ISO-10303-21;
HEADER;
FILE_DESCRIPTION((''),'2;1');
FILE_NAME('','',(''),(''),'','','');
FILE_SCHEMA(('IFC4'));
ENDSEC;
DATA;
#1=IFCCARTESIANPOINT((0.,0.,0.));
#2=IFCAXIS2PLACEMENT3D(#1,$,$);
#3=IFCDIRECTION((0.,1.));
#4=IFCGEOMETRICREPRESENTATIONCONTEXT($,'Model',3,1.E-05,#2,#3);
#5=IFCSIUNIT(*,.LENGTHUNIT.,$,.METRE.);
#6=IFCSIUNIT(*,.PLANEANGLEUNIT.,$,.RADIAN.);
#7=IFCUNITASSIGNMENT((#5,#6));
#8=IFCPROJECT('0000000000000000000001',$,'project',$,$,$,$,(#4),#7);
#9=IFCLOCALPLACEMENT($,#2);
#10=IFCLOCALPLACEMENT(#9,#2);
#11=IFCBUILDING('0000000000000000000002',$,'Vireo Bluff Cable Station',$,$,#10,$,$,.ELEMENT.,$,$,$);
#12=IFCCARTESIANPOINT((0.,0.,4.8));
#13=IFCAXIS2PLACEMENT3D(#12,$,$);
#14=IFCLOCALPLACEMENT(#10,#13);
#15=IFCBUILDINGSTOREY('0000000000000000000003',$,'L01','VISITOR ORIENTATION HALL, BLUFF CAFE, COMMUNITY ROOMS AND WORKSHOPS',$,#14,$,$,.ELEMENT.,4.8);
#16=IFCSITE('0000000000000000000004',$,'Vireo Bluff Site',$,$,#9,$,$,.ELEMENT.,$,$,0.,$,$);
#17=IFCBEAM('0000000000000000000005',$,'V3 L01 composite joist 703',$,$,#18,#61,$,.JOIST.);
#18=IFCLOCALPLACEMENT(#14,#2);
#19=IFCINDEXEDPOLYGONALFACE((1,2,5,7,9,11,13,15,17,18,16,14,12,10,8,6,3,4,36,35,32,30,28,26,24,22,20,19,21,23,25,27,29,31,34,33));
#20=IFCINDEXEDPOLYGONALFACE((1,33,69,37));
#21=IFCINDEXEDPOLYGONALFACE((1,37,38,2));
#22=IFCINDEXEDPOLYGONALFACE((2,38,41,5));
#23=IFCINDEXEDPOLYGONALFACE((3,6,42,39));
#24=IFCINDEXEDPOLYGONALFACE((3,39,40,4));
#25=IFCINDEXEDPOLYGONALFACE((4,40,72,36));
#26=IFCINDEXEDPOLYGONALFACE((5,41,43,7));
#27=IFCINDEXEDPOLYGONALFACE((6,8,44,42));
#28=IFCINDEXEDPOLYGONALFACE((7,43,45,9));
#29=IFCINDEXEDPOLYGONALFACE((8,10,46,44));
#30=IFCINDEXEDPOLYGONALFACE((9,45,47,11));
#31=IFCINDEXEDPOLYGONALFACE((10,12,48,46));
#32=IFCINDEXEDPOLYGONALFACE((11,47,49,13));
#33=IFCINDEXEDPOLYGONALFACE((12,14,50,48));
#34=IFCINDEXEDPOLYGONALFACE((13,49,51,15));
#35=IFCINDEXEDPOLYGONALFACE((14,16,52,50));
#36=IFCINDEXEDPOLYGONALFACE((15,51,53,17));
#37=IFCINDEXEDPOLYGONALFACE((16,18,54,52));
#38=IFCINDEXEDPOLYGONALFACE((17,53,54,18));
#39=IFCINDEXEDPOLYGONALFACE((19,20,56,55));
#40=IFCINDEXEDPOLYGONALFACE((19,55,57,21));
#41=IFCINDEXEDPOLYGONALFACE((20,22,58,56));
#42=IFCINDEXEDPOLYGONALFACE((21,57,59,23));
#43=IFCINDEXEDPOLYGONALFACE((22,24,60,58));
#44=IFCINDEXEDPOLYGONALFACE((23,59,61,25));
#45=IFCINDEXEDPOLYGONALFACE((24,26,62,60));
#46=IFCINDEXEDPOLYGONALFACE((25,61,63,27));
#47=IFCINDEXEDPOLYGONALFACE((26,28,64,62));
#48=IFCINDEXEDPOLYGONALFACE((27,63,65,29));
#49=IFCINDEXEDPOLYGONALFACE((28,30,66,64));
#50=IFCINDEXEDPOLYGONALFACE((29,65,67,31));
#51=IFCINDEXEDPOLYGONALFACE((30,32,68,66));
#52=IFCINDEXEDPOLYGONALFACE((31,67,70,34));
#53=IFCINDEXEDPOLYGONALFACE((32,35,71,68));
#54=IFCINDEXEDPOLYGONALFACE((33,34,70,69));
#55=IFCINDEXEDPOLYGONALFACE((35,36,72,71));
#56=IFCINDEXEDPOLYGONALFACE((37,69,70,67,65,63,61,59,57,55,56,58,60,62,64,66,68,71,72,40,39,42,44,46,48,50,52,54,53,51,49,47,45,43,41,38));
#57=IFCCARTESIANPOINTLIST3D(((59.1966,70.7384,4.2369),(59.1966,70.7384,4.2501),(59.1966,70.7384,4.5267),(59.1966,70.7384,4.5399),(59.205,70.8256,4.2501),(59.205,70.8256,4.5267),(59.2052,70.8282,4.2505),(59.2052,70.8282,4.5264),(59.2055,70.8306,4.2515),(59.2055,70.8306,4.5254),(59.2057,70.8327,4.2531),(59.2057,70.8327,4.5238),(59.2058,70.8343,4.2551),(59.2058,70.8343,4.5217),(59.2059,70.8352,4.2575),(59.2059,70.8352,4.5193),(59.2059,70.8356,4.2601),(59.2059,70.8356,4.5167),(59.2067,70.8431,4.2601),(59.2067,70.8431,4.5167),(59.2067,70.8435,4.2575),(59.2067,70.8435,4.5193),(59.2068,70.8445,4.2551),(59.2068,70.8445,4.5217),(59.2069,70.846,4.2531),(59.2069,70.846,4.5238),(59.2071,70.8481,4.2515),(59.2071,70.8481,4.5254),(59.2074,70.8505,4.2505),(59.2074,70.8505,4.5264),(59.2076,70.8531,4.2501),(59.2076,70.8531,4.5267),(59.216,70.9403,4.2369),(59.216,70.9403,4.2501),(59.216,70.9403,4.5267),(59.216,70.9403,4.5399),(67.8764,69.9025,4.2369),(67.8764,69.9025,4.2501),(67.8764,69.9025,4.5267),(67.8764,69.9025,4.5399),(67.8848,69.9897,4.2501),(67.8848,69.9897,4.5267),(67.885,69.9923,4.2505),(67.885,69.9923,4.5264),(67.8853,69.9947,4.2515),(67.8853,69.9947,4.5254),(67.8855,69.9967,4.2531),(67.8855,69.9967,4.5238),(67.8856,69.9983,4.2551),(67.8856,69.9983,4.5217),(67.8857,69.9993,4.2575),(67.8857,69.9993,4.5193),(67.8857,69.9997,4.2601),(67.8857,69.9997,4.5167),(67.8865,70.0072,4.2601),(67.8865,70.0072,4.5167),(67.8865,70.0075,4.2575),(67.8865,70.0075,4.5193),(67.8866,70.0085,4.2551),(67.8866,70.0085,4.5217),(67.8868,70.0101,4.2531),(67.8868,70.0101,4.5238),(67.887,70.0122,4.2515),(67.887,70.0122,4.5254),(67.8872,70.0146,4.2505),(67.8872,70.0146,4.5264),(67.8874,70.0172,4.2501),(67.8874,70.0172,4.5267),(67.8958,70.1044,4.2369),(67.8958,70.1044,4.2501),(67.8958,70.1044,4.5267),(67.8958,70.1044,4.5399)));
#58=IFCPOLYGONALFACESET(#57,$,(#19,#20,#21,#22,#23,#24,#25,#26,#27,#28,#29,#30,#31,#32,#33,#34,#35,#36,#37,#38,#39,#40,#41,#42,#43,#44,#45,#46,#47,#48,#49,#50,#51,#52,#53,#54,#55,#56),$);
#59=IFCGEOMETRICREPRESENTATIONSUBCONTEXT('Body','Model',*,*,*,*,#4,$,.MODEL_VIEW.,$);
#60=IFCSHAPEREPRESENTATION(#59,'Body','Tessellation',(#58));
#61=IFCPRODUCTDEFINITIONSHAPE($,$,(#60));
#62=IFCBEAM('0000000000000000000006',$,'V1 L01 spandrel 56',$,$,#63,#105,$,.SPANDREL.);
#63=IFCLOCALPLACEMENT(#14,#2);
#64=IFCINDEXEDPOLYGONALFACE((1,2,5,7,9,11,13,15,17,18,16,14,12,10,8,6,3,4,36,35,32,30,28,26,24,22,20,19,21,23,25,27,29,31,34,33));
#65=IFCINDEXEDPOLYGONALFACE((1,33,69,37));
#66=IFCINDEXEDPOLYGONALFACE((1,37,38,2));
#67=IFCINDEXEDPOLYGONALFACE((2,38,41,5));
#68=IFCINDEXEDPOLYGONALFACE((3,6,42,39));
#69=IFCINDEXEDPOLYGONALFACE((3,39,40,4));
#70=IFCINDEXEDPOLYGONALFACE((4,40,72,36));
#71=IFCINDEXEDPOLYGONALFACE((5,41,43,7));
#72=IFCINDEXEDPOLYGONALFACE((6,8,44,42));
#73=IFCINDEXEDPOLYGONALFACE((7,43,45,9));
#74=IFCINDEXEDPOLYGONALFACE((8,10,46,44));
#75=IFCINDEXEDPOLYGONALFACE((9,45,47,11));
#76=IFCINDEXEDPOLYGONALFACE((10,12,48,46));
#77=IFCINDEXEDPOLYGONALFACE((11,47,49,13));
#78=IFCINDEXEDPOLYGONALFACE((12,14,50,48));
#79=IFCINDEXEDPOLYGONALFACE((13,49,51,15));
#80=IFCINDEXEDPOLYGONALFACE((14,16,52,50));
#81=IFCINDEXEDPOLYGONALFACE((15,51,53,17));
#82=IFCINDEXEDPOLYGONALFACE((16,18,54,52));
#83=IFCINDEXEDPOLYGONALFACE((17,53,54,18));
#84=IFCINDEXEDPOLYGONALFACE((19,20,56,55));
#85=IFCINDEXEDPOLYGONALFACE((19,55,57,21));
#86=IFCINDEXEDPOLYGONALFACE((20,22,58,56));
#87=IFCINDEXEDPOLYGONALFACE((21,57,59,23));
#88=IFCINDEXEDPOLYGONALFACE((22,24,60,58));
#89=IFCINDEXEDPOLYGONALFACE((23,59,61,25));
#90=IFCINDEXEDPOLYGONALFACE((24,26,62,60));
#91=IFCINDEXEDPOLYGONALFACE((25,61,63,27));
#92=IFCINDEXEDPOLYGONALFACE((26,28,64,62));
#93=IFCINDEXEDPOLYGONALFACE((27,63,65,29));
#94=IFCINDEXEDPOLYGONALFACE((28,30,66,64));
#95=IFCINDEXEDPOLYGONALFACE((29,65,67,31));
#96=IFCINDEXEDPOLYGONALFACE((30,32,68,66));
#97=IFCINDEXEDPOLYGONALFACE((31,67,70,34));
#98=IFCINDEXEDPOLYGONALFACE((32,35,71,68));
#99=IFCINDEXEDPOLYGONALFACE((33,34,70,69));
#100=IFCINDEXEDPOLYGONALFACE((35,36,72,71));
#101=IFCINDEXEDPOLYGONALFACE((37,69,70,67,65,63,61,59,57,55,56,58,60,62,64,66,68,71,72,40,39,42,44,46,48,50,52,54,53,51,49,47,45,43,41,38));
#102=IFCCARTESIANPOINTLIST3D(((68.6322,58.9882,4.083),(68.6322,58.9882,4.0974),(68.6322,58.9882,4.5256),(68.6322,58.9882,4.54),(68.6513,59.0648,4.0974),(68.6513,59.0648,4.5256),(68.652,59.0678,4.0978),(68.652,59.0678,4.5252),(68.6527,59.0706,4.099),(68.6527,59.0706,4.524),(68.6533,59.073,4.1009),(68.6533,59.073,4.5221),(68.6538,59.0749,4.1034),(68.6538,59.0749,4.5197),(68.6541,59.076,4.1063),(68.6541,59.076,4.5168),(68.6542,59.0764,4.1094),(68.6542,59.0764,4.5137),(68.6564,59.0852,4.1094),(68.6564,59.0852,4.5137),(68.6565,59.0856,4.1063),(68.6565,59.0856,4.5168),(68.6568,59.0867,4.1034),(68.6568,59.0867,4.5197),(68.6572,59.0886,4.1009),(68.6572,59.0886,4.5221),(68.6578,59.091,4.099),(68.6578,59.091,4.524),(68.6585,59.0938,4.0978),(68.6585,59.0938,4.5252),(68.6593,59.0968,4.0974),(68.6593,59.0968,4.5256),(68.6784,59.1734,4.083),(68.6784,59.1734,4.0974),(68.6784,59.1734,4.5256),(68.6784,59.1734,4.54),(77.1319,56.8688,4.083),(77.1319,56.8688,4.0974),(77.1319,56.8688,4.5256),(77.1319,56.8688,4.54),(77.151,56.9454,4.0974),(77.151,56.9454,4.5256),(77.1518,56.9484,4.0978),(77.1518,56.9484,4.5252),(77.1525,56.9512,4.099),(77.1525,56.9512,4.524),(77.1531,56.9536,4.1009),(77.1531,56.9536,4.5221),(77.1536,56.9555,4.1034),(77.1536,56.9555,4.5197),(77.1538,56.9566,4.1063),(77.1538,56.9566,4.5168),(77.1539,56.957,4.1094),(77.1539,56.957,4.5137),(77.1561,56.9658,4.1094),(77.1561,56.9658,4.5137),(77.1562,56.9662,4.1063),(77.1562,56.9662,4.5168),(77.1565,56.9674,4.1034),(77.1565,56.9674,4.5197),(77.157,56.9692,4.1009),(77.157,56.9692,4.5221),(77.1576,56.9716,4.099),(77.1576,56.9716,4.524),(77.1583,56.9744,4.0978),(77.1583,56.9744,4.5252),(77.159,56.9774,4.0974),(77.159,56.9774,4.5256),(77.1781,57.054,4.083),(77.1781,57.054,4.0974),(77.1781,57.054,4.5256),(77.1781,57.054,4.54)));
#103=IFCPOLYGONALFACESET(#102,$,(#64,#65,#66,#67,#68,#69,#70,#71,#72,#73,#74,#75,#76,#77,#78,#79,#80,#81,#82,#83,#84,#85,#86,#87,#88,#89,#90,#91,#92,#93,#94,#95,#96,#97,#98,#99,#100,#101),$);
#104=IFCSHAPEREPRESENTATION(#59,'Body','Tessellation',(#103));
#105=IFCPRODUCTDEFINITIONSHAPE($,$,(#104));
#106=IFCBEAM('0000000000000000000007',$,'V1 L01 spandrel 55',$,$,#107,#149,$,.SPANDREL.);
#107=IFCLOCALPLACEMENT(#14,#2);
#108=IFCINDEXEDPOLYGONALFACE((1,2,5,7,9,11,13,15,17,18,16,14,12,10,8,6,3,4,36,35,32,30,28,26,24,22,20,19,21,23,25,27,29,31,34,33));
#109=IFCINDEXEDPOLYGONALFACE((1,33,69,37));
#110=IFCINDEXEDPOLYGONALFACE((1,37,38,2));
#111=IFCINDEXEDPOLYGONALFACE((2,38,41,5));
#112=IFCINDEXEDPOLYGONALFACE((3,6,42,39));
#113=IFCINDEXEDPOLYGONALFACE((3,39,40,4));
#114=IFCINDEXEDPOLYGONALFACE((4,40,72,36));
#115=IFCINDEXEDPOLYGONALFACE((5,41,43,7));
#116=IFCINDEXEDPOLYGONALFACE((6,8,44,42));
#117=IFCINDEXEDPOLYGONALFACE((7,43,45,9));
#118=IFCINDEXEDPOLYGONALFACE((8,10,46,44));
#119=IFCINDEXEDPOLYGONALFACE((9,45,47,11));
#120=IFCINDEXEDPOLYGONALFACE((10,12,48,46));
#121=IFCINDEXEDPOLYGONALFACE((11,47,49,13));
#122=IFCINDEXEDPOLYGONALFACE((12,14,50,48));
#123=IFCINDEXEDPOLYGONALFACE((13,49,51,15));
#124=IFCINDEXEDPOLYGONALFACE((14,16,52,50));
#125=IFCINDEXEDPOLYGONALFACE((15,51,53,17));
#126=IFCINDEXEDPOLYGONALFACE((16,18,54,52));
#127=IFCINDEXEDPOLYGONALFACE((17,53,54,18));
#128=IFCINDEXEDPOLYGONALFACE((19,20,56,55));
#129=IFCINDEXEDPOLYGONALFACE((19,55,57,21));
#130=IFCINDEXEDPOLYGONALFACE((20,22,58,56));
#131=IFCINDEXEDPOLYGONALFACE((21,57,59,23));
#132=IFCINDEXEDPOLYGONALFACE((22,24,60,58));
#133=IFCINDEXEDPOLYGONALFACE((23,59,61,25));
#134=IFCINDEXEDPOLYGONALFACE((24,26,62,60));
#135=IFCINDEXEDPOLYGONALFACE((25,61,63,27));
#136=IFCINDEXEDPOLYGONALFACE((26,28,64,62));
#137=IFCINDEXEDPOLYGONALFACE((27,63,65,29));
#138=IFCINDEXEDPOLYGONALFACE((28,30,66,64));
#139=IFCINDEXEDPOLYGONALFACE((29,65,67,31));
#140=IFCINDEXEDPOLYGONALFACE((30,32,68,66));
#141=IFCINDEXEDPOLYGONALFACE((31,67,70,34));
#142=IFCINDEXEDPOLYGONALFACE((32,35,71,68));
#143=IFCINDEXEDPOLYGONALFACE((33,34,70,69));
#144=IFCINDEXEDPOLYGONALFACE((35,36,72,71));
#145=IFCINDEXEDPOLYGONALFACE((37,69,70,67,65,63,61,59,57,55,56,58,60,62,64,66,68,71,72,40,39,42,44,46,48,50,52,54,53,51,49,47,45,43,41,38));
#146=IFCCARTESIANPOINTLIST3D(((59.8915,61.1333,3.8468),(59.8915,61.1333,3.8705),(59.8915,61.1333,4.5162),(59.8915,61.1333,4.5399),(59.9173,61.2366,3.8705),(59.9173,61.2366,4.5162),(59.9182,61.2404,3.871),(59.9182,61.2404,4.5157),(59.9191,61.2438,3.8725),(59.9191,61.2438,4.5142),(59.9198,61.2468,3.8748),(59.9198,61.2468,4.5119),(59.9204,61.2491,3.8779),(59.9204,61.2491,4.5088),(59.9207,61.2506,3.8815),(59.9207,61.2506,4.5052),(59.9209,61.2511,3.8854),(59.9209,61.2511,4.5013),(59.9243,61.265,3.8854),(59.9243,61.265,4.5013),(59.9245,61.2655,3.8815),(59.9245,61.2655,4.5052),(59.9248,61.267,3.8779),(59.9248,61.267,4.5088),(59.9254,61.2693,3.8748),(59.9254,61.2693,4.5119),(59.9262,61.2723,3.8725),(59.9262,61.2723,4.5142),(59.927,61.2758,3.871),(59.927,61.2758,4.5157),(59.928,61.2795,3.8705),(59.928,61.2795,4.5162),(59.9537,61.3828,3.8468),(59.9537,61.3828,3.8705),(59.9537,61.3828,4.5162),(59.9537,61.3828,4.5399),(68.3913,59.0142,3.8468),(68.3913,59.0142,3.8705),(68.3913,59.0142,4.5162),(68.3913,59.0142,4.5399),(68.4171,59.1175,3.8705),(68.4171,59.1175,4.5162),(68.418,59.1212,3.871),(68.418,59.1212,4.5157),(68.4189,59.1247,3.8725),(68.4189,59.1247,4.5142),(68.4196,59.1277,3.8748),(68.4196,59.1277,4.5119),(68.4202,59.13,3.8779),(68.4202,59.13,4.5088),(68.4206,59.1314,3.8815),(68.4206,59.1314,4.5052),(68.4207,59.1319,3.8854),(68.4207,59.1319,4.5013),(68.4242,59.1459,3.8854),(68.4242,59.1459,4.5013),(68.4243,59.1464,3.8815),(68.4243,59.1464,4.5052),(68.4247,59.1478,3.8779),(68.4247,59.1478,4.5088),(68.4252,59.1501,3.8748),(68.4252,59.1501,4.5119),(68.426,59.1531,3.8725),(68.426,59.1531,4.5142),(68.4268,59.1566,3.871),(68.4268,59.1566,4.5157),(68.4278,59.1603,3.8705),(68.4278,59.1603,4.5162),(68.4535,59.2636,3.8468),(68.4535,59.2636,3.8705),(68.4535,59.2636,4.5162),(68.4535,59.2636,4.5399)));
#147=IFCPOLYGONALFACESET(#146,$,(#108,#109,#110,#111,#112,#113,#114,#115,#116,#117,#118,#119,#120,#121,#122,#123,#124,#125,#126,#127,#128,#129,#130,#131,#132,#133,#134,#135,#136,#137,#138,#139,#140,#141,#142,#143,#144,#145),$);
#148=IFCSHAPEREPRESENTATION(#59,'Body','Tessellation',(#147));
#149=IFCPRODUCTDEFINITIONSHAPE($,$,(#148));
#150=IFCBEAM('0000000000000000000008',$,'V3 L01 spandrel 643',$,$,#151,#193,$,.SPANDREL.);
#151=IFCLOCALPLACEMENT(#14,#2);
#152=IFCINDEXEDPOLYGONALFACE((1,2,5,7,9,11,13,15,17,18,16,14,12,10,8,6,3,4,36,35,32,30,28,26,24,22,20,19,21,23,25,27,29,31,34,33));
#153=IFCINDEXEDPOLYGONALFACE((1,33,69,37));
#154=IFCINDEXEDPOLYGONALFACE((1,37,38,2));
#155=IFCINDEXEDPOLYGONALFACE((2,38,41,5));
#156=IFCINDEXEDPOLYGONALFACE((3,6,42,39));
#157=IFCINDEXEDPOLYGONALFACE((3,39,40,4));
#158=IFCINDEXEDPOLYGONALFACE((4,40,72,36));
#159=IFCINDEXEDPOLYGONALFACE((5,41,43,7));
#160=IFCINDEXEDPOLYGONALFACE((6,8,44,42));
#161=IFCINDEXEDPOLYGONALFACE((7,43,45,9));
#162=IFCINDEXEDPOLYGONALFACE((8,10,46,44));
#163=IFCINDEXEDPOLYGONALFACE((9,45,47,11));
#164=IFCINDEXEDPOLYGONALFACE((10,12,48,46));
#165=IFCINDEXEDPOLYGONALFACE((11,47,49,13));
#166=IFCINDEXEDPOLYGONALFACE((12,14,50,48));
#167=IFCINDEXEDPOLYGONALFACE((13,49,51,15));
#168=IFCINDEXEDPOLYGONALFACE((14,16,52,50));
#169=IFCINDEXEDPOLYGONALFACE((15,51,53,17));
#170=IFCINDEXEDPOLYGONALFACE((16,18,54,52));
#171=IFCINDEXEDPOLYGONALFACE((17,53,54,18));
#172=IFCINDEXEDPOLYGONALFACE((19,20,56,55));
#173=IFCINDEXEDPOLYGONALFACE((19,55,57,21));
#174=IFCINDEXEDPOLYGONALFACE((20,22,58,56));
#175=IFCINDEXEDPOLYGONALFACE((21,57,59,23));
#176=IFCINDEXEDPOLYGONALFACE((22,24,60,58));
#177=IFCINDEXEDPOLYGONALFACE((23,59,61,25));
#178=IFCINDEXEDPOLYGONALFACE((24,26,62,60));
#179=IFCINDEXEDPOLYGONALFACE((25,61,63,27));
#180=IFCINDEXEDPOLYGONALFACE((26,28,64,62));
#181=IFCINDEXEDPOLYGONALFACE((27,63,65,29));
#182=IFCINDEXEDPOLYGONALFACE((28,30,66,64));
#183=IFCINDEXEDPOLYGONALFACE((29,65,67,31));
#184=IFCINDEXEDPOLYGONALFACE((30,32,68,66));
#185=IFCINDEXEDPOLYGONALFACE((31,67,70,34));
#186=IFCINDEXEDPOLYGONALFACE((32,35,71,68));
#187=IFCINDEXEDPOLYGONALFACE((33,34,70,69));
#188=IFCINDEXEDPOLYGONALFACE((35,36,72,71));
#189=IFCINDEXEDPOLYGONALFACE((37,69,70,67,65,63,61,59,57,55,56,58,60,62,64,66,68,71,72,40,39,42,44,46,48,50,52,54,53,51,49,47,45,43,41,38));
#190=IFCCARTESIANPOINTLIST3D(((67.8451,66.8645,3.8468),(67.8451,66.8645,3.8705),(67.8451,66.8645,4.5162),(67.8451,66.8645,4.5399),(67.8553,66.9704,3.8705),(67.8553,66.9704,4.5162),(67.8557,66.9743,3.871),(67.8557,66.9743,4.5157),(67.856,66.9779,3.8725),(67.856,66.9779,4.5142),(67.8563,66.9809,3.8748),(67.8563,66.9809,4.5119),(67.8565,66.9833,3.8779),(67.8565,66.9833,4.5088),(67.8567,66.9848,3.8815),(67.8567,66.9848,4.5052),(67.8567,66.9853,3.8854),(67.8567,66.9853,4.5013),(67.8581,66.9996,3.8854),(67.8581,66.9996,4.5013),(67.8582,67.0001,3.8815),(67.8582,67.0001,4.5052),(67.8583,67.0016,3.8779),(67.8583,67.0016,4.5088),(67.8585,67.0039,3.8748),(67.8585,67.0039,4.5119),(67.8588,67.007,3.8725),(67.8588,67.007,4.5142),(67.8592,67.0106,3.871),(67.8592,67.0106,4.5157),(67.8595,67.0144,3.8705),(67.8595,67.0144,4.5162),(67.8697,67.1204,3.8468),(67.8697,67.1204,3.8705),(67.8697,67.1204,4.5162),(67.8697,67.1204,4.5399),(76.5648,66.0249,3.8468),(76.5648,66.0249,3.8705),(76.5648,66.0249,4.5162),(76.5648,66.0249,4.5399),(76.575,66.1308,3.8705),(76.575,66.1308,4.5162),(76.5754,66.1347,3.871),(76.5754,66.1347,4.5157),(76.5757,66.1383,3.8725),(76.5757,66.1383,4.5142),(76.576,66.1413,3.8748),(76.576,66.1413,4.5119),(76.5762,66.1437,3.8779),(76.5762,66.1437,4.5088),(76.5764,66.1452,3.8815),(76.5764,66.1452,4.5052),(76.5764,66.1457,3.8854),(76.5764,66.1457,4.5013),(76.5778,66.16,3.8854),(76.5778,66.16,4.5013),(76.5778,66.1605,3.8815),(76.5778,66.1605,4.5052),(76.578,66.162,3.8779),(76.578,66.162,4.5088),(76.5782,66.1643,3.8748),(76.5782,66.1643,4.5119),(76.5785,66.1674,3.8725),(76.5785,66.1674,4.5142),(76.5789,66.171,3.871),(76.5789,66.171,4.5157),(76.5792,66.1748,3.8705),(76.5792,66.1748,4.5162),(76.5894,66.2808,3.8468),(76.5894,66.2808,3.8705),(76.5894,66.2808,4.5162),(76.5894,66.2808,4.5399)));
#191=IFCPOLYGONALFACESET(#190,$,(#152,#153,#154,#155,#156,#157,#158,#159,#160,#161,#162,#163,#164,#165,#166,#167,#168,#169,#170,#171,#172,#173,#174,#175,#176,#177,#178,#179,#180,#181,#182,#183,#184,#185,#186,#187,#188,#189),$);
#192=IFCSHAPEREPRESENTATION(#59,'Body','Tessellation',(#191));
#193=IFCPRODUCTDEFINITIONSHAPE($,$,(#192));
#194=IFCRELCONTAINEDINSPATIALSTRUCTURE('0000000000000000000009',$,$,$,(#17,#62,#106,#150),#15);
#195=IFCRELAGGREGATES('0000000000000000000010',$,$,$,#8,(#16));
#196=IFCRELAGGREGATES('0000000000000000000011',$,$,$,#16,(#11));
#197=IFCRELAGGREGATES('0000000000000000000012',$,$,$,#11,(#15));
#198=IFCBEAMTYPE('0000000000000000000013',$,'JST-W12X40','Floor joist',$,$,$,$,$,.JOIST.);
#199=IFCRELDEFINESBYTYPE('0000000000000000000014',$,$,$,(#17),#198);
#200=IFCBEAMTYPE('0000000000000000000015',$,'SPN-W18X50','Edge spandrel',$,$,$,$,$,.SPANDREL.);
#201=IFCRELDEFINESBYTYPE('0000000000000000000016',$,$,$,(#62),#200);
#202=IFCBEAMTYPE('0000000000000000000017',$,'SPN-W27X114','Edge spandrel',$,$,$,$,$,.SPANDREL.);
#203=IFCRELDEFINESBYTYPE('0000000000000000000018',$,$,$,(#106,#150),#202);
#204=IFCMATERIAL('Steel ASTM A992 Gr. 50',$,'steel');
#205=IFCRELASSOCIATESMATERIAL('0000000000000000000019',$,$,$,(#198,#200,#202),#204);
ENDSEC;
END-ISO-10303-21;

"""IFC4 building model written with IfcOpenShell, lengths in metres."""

from ifc_helpers import new_model, si_unit, direction, frame, origin, origin_2d, place, context, subcontext, project, spatial, i_section, extrude, material, material_profile, profile_set, type_object, element, save


model = new_model("IFC4")

# Units and contexts
model_context = context("Model", 3, precision=1e-05, world=origin(), true_north=direction((0.0, 1.0)))
body_context = subcontext(model_context, "Body", "Model", "MODEL_VIEW")
ifc_project = project(units=[si_unit("LENGTHUNIT", "METRE"), si_unit("PLANEANGLEUNIT", "RADIAN")], contexts=[model_context])

# Site, building, storey
site_placement = place(None, origin())
site = spatial("IfcSite", under=ifc_project, at=site_placement, Name="Vireo Bluff Site", CompositionType="ELEMENT", RefElevation=0.0)
building_placement = place(site_placement, origin())
building = spatial("IfcBuilding", under=site, at=building_placement, Name="Vireo Bluff Cable Station", CompositionType="ELEMENT")
storey_placement = place(building_placement, frame((0.0, 0.0, 4.8)))
storey = spatial("IfcBuildingStorey", under=building, at=storey_placement, Name="L01", Description="VISITOR ORIENTATION HALL, BLUFF CAFE, COMMUNITY ROOMS AND WORKSHOPS", CompositionType="ELEMENT", Elevation=4.8)

# Shared definitions
ifc_material_1 = material(Name="Steel ASTM A992 Gr. 50", Category="steel")

# Beams
ifc_material_profile_1 = material_profile(ifc_material_1, i_section(OverallWidth=0.2029, OverallDepth=0.303, WebThickness=0.0076, FlangeThickness=0.0132, FilletRadius=0.01, at=origin_2d()), Name="W12X40")
ifc_profile_set_1 = profile_set([ifc_material_profile_1], Name="Steel ASTM A992 Gr. 50")
beam_type_1 = type_object("IfcBeamType", Name="JST-W12X40", Description="Floor joist", PredefinedType="JOIST", material=ifc_profile_set_1)
beam_1_placement = place(storey_placement, frame((59.2063, 70.8394, 4.3884), z_axis=(0.995395, -0.095863, 0.0), x_axis=(0.095863, 0.995395, 0.0)))
element("IfcBeam", 1, at=beam_1_placement, inside=storey, type_object=beam_type_1, Name="V3 L01 composite joist 703", PredefinedType="JOIST", context=body_context, shape_type="SweptSolid", body=[
    extrude(i_section(OverallWidth=0.2029, OverallDepth=0.303, WebThickness=0.0076, FlangeThickness=0.0132, FilletRadius=0.01, at=origin_2d()), origin(), (0.0, 0.0, 1.0), 8.72),
])
ifc_material_profile_2 = material_profile(ifc_material_1, i_section(OverallWidth=0.1909, OverallDepth=0.457, WebThickness=0.009, FlangeThickness=0.0144, FilletRadius=0.012, at=origin_2d()), Name="W18X50")
ifc_profile_set_2 = profile_set([ifc_material_profile_2], Name="Steel ASTM A992 Gr. 50")
beam_type_2 = type_object("IfcBeamType", Name="SPN-W18X50", Description="Edge spandrel", PredefinedType="SPANDREL", material=ifc_profile_set_2)
beam_2_placement = place(storey_placement, frame((68.6553, 59.0808, 4.3115), z_axis=(0.970292, -0.241939, 0.0), x_axis=(0.241939, 0.970292, 0.0)))
element("IfcBeam", 2, at=beam_2_placement, inside=storey, type_object=beam_type_2, Name="V1 L01 spandrel 56", PredefinedType="SPANDREL", context=body_context, shape_type="SweptSolid", body=[
    extrude(i_section(OverallWidth=0.1909, OverallDepth=0.457, WebThickness=0.009, FlangeThickness=0.0144, FilletRadius=0.012, at=origin_2d()), origin(), (0.0, 0.0, 1.0), 8.76),
])
ifc_material_profile_3 = material_profile(ifc_material_1, i_section(OverallWidth=0.2571, OverallDepth=0.6931, WebThickness=0.0144, FlangeThickness=0.0237, FilletRadius=0.0149, at=origin_2d()), Name="W27X114")
ifc_profile_set_3 = profile_set([ifc_material_profile_3], Name="Steel ASTM A992 Gr. 50")
beam_type_3 = type_object("IfcBeamType", Name="SPN-W27X114", Description="Edge spandrel", PredefinedType="SPANDREL", material=ifc_profile_set_3)
for number, where, z_axis, x_axis, name in (
    (3, (59.9226, 61.2581, 4.1934), (0.970298, -0.241913, 0.0), (0.241913, 0.970298, 0.0), "V1 L01 spandrel 55"),
    (4, (67.8574, 66.9924, 4.1934), (0.995396, -0.095844, 0.0), (0.095844, 0.995396, 0.0), "V3 L01 spandrel 643"),
):
    element("IfcBeam", number, at=place(storey_placement, frame(where, z_axis=z_axis, x_axis=x_axis)), inside=storey, type_object=beam_type_3, Name=name, PredefinedType="SPANDREL", context=body_context, shape_type="SweptSolid", body=[
        extrude(i_section(OverallWidth=0.2571, OverallDepth=0.6931, WebThickness=0.0144, FlangeThickness=0.0237, FilletRadius=0.0149, at=origin_2d()), origin(), (0.0, 0.0, 1.0), 8.76),
    ])

save(model, "model.ifc")
